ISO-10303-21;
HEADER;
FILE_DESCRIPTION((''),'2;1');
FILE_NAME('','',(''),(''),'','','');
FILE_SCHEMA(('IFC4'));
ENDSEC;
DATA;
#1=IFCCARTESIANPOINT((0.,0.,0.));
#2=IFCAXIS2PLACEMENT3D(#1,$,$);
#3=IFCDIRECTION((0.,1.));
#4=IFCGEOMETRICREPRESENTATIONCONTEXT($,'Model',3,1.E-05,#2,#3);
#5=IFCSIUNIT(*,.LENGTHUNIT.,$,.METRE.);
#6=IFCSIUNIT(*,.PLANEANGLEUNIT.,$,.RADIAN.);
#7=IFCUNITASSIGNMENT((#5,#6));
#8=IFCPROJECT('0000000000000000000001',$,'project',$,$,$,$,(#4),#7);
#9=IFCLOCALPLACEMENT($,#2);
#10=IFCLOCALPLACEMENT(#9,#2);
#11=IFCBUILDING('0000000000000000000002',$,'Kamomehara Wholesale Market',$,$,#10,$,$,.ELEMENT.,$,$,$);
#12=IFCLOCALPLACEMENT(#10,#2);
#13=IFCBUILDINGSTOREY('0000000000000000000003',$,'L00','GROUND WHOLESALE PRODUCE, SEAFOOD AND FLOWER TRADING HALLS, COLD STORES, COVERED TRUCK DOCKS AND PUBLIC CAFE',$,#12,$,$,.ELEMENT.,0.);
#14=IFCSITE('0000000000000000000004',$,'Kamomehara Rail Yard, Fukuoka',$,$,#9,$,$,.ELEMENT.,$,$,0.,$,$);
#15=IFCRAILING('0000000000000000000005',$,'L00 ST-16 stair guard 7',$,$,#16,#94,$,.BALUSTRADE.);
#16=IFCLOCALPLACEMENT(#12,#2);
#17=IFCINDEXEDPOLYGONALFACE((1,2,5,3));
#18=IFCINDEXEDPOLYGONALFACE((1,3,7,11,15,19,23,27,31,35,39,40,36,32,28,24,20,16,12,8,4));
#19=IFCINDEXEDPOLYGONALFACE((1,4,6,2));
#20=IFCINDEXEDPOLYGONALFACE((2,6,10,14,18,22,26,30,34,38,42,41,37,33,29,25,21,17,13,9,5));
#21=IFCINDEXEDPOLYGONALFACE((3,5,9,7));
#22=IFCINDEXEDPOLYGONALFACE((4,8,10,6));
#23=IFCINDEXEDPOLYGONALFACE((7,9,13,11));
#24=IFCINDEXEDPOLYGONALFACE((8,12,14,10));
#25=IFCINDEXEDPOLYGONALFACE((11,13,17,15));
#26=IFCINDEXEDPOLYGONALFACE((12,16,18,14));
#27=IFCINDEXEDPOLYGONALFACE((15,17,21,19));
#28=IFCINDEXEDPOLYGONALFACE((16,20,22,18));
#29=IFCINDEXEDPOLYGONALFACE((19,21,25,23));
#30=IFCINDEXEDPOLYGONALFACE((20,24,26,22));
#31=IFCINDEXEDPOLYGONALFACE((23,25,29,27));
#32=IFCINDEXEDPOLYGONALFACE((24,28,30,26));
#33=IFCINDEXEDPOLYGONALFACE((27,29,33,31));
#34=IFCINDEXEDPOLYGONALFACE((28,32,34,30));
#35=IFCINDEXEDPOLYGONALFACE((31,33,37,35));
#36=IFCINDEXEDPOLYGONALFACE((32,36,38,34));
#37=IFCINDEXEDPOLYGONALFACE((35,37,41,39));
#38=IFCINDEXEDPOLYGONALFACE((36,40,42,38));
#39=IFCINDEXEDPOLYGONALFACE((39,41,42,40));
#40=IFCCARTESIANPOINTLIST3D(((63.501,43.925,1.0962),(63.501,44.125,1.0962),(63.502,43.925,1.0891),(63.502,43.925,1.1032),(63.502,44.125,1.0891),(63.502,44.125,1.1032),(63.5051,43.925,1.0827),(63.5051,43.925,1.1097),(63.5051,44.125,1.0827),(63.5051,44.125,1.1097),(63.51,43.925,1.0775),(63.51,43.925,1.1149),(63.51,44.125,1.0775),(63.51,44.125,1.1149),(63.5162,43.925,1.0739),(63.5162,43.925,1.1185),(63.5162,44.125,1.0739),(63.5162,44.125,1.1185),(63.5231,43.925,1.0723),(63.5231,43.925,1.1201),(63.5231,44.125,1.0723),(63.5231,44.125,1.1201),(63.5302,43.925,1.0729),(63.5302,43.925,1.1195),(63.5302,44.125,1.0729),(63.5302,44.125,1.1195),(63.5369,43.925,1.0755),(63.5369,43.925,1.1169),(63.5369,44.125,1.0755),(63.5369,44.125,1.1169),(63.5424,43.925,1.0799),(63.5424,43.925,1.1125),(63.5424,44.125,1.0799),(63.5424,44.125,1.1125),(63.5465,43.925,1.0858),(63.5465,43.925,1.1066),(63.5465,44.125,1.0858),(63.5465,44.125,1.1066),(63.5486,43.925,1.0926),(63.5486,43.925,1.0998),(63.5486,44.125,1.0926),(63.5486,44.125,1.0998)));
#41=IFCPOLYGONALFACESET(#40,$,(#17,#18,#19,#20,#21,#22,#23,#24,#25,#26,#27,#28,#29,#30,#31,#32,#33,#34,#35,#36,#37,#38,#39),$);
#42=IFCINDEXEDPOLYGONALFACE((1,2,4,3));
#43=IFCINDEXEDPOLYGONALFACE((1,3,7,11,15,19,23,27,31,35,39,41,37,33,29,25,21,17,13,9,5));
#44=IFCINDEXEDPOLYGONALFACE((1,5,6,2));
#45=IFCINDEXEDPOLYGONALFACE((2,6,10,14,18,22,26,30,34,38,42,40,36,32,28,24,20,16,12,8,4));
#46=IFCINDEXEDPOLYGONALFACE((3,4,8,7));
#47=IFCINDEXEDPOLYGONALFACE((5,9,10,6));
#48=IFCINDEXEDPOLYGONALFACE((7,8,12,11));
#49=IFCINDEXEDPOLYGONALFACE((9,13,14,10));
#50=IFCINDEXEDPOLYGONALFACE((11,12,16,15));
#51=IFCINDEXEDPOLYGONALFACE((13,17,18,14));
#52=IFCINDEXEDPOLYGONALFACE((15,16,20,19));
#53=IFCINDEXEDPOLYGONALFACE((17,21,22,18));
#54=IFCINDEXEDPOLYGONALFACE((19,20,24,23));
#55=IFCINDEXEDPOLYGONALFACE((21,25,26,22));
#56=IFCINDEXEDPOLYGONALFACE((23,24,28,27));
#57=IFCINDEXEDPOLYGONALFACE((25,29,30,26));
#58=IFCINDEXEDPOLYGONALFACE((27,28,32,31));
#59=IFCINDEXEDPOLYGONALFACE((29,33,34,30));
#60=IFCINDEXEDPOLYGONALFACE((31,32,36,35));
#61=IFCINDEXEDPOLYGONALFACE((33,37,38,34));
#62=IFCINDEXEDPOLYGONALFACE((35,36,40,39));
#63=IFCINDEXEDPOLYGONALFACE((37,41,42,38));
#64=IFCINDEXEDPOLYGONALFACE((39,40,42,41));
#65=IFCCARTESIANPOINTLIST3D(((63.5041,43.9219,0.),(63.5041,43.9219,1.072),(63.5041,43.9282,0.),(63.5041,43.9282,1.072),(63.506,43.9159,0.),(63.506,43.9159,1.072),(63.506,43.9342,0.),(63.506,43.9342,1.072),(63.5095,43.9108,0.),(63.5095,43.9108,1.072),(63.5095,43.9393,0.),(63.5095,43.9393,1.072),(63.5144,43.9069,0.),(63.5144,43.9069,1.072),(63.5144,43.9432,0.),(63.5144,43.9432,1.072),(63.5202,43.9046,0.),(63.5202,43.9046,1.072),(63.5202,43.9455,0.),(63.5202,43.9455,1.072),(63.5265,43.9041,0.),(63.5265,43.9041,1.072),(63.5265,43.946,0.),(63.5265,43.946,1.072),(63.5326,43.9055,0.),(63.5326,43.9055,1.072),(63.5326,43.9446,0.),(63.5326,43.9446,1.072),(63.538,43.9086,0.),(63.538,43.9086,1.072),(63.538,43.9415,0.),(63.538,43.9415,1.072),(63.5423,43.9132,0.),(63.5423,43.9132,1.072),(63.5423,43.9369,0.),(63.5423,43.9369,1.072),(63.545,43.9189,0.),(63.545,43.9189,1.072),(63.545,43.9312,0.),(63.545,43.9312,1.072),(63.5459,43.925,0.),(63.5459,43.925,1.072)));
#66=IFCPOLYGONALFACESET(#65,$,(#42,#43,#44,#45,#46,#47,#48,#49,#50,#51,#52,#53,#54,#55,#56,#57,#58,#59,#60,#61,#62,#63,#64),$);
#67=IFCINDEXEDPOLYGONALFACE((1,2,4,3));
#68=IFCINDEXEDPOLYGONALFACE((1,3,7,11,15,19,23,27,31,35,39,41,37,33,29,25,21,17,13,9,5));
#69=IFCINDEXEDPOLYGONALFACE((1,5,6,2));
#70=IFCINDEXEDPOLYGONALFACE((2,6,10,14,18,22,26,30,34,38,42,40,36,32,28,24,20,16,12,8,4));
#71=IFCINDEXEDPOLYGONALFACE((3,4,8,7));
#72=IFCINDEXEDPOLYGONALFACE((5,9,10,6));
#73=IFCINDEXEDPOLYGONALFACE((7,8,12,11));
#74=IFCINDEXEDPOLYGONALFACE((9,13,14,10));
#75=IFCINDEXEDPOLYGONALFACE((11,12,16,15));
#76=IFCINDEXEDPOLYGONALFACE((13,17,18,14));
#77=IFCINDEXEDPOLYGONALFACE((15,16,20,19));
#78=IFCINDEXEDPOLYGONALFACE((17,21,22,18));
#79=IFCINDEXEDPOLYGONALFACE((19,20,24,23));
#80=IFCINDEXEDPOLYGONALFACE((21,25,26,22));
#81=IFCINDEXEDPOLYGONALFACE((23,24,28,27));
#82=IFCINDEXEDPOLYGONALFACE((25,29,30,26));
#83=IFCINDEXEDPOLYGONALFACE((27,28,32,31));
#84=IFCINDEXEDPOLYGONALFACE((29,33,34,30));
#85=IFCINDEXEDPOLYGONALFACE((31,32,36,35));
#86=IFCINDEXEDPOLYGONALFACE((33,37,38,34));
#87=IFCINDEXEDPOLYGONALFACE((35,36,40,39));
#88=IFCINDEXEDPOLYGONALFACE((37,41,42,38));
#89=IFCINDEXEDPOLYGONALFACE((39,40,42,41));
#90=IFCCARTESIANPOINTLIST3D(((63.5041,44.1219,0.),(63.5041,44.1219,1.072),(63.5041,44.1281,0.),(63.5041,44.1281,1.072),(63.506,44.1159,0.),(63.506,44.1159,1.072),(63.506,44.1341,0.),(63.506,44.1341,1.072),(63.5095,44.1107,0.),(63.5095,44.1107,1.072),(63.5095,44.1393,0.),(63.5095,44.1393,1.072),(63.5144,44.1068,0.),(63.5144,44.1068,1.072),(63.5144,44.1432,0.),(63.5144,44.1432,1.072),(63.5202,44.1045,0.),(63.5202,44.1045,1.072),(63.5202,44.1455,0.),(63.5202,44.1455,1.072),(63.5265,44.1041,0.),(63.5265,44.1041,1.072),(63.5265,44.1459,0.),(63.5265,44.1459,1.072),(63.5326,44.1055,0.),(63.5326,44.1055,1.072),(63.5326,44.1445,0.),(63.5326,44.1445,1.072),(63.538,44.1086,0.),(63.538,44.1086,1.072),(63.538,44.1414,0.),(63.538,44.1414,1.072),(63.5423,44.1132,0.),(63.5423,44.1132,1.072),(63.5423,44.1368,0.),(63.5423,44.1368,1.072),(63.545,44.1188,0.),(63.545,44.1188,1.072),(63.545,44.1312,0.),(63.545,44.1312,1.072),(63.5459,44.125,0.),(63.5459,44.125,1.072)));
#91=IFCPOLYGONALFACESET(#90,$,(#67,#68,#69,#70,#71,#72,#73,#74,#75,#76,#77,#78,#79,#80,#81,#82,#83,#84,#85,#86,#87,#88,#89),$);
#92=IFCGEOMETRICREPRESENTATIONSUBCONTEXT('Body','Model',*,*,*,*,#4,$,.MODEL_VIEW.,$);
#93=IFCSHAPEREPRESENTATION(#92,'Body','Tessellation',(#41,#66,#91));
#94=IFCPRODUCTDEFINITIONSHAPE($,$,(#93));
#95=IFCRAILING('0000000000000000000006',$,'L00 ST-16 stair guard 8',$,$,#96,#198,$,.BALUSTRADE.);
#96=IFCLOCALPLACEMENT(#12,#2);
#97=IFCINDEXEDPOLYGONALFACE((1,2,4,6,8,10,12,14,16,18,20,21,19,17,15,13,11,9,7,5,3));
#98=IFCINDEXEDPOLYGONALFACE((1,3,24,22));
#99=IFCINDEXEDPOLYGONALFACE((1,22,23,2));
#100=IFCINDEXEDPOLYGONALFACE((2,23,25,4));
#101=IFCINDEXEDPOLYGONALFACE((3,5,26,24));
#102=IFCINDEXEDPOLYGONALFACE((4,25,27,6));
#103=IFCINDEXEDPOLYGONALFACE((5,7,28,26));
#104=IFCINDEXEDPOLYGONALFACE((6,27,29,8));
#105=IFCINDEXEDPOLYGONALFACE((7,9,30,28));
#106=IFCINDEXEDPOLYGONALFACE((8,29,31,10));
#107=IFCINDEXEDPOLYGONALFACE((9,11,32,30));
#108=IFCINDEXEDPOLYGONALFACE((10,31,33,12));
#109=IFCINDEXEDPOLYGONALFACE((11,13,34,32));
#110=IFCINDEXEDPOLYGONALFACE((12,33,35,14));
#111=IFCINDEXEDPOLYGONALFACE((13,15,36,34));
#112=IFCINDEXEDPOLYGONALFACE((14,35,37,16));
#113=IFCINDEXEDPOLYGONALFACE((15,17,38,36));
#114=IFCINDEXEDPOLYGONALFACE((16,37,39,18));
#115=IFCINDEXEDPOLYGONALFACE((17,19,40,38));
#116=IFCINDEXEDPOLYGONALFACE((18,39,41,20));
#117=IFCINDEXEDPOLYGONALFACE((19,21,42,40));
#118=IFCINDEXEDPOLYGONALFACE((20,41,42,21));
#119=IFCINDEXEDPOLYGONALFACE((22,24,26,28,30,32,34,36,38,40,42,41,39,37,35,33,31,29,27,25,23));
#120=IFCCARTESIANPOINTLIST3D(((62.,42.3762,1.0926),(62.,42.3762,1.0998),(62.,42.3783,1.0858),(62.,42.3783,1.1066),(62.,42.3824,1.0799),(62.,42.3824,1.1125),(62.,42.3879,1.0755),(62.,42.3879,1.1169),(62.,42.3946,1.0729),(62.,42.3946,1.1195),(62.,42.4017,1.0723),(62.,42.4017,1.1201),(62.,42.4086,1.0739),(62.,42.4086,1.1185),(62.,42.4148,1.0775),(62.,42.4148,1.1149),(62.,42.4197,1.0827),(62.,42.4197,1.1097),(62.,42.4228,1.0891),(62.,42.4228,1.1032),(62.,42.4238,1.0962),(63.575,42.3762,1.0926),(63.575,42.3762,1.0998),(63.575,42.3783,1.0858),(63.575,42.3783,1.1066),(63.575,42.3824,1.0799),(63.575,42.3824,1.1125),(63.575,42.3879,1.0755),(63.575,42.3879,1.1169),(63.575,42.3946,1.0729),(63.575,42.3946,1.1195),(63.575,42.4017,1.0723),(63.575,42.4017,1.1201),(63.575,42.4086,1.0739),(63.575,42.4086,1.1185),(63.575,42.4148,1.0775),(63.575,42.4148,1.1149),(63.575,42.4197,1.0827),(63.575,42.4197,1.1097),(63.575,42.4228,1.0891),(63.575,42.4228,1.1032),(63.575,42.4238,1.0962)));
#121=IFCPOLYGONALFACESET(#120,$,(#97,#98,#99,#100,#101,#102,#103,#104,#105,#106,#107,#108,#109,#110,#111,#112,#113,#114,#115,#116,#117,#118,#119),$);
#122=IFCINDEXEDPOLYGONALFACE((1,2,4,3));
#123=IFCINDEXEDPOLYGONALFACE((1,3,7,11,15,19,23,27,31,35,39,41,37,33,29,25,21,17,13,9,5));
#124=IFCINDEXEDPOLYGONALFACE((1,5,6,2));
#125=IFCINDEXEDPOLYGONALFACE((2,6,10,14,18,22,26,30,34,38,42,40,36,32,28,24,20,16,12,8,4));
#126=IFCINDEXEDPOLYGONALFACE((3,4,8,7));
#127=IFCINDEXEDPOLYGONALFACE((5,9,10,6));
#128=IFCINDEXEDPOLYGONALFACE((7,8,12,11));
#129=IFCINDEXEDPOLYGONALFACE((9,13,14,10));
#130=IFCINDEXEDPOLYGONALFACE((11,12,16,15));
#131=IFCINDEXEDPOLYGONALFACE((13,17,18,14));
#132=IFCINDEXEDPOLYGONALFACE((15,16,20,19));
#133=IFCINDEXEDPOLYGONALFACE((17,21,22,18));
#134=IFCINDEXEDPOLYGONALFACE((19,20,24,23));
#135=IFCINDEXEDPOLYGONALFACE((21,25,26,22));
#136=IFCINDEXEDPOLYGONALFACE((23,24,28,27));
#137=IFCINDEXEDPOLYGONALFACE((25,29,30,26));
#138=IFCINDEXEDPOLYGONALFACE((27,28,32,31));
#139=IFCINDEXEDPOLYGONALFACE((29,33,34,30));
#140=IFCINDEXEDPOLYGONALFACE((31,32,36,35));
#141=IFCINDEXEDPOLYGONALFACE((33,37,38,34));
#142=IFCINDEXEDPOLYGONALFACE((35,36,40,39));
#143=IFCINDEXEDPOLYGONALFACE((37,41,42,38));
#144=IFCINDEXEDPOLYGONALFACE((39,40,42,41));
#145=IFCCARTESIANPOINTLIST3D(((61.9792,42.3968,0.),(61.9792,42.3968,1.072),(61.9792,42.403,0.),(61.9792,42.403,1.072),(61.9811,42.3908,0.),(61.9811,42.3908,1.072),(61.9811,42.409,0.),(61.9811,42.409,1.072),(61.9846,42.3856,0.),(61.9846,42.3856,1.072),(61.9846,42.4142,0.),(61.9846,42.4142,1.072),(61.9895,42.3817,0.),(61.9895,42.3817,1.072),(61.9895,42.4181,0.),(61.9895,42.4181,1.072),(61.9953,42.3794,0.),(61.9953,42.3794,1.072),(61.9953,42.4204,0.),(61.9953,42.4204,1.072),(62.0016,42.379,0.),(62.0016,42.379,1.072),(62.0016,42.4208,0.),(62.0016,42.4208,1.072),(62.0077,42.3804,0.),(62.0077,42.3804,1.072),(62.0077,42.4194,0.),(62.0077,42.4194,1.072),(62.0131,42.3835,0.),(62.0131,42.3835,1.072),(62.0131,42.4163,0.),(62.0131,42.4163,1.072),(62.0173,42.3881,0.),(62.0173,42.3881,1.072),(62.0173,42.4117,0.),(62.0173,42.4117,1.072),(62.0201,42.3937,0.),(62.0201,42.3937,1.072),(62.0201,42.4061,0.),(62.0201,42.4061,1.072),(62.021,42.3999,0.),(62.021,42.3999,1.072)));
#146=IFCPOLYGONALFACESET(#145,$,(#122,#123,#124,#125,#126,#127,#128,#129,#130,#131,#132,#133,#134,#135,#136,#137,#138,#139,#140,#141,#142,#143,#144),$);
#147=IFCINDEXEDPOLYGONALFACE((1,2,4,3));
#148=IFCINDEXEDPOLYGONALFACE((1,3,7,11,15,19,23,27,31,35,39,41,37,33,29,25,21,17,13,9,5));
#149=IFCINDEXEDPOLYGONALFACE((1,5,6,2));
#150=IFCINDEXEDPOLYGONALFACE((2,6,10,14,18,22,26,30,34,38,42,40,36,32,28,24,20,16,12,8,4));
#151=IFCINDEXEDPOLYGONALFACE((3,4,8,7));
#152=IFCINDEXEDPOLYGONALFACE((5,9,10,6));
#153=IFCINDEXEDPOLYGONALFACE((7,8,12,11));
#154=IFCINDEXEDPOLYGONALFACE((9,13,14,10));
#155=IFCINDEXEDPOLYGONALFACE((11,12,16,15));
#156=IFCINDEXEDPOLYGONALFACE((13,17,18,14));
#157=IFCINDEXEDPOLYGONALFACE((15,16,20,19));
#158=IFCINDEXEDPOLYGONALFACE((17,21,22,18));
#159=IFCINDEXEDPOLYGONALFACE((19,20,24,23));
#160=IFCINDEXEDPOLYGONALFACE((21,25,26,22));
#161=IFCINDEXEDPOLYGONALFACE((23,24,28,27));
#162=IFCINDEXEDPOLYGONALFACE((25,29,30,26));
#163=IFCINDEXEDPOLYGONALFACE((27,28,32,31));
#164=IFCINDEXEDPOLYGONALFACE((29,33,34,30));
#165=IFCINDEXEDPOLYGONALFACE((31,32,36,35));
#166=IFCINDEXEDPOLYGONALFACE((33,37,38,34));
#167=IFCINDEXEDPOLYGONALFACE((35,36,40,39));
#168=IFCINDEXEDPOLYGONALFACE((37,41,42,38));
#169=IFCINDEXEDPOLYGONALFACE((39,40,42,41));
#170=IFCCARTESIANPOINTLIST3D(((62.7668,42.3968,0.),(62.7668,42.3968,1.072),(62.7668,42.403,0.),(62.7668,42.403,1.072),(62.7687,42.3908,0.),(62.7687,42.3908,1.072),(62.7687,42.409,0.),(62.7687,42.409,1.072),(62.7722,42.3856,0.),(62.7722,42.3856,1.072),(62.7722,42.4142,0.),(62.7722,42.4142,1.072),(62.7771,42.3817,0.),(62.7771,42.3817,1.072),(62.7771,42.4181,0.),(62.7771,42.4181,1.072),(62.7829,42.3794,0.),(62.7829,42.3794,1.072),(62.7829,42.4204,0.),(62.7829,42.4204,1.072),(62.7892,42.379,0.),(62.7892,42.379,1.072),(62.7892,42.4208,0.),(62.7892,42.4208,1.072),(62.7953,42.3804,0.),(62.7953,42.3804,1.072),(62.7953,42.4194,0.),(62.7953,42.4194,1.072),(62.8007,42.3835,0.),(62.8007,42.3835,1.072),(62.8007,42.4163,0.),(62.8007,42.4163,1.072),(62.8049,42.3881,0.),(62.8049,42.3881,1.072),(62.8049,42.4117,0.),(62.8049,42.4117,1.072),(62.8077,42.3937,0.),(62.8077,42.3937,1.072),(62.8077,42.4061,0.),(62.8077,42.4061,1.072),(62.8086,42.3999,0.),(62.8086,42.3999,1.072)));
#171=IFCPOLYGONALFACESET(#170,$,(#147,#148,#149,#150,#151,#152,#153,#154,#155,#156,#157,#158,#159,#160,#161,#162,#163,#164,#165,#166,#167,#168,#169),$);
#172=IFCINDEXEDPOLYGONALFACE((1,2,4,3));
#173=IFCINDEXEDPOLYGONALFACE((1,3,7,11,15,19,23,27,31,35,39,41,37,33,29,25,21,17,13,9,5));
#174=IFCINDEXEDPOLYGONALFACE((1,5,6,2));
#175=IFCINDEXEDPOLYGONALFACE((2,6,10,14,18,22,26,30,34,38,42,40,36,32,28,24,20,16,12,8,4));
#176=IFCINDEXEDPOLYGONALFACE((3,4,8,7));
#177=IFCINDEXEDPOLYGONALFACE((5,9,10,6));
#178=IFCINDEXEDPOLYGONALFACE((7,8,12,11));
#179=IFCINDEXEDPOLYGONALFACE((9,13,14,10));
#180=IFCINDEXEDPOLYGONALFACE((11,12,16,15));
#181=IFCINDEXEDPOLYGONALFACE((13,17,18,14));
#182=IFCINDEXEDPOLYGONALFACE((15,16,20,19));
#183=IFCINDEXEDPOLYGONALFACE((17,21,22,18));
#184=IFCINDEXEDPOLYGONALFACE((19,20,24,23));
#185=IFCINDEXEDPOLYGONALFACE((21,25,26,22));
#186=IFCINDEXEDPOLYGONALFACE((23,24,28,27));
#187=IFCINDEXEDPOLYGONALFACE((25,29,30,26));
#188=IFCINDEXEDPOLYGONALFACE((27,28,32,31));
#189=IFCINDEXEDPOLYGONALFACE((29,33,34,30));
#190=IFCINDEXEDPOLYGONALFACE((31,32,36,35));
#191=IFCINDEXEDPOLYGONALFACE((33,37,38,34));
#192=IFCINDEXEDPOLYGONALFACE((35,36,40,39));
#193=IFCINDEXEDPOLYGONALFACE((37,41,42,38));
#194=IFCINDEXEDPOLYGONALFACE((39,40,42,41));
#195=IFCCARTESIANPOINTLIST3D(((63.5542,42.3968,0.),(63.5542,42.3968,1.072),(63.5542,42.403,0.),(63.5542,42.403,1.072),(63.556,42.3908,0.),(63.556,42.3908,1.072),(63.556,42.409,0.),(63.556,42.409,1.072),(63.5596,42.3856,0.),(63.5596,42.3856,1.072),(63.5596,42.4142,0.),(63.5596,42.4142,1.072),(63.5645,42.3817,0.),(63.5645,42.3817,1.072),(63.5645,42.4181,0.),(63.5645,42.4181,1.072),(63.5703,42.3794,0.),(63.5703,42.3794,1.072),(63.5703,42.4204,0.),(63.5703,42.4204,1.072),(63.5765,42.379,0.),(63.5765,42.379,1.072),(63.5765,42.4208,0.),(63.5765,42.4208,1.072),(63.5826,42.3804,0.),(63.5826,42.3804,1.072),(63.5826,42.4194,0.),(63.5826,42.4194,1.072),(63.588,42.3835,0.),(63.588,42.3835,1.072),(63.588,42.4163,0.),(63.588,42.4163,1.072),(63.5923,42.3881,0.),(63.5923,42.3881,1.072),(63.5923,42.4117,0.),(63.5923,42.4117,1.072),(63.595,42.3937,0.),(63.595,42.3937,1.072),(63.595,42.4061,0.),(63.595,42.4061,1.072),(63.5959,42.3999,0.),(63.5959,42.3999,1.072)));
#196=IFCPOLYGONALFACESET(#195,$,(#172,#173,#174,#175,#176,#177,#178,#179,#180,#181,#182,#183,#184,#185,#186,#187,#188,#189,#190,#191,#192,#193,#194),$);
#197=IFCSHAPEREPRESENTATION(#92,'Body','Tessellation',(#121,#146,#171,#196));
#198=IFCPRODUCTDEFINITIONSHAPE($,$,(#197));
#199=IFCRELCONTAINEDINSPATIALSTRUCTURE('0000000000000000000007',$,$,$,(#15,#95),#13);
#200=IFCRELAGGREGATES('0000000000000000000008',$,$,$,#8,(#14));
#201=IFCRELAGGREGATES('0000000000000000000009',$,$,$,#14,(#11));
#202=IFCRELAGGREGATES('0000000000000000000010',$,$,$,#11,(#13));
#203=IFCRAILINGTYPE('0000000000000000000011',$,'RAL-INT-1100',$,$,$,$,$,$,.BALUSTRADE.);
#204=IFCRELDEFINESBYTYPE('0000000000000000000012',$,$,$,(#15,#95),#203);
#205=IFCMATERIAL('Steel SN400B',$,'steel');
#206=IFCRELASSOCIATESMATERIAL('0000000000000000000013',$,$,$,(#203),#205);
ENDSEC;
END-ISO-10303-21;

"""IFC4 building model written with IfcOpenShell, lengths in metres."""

from ifc_helpers import new_model, si_unit, direction, frame, origin, origin_2d, place, context, subcontext, project, spatial, circle, extrude, material, type_object, element, save


model = new_model("IFC4")

# Units and contexts
model_context = context("Model", 3, precision=1e-05, world=origin(), true_north=direction((0.0, 1.0)))
body_context = subcontext(model_context, "Body", "Model", "MODEL_VIEW")
ifc_project = project(units=[si_unit("LENGTHUNIT", "METRE"), si_unit("PLANEANGLEUNIT", "RADIAN")], contexts=[model_context])

# Site, building, storey
site_placement = place(None, origin())
site = spatial("IfcSite", under=ifc_project, at=site_placement, Name="Kamomehara Rail Yard, Fukuoka", CompositionType="ELEMENT", RefElevation=0.0)
building_placement = place(site_placement, origin())
building = spatial("IfcBuilding", under=site, at=building_placement, Name="Kamomehara Wholesale Market", CompositionType="ELEMENT")
storey_placement = place(building_placement, origin())
storey = spatial("IfcBuildingStorey", under=building, at=storey_placement, Name="L00", Description="GROUND WHOLESALE PRODUCE, SEAFOOD AND FLOWER TRADING HALLS, COLD STORES, COVERED TRUCK DOCKS AND PUBLIC CAFE", CompositionType="ELEMENT", Elevation=0.0)

# Railings
ifc_material_1 = material(Name="Steel SN400B", Category="steel")
railing_type_1 = type_object("IfcRailingType", Name="RAL-INT-1100", PredefinedType="BALUSTRADE", material=ifc_material_1)
railing_1_placement = place(storey_placement, frame((63.5249, 43.925, 0.0)))
element("IfcRailing", 1, at=railing_1_placement, inside=storey, type_object=railing_type_1, Name="L00 ST-16 stair guard 7", PredefinedType="BALUSTRADE", context=body_context, shape_type="SweptSolid", body=[
    extrude(circle(Radius=0.0239, at=origin_2d()), frame((0.0, 0.0, 1.0962), z_axis=(0.0, 1.0, 0.0), x_axis=(-1.0, 0.0, 0.0)), (0.0, 0.0, 1.0), 0.2),
    extrude(circle(Radius=0.021, at=origin_2d()), origin(), (0.0, 0.0, 1.0), 1.072),
    extrude(circle(Radius=0.021, at=origin_2d()), frame((0.0, 0.2, 0.0)), (0.0, 0.0, 1.0), 1.072),
])
for number, where, name in (
    (2, (62.0, 42.3999, 0.0), "L00 ST-16 stair guard 8"),
):
    element("IfcRailing", number, at=place(storey_placement, frame(where)), inside=storey, type_object=railing_type_1, Name=name, PredefinedType="BALUSTRADE", context=body_context, shape_type="SweptSolid", body=[
        extrude(circle(Radius=0.0239, at=origin_2d()), frame((0.0, 0.0, 1.0962), z_axis=(1.0, 0.0, 0.0), x_axis=(0.0, 1.0, 0.0)), (0.0, 0.0, 1.0), 1.575),
        extrude(circle(Radius=0.021, at=origin_2d()), origin(), (0.0, 0.0, 1.0), 1.072),
        extrude(circle(Radius=0.021, at=origin_2d()), frame((0.7876, 0.0, 0.0)), (0.0, 0.0, 1.0), 1.072),
        extrude(circle(Radius=0.021, at=origin_2d()), frame((1.575, 0.0, 0.0)), (0.0, 0.0, 1.0), 1.072),
    ])

save(model, "model.ifc")
